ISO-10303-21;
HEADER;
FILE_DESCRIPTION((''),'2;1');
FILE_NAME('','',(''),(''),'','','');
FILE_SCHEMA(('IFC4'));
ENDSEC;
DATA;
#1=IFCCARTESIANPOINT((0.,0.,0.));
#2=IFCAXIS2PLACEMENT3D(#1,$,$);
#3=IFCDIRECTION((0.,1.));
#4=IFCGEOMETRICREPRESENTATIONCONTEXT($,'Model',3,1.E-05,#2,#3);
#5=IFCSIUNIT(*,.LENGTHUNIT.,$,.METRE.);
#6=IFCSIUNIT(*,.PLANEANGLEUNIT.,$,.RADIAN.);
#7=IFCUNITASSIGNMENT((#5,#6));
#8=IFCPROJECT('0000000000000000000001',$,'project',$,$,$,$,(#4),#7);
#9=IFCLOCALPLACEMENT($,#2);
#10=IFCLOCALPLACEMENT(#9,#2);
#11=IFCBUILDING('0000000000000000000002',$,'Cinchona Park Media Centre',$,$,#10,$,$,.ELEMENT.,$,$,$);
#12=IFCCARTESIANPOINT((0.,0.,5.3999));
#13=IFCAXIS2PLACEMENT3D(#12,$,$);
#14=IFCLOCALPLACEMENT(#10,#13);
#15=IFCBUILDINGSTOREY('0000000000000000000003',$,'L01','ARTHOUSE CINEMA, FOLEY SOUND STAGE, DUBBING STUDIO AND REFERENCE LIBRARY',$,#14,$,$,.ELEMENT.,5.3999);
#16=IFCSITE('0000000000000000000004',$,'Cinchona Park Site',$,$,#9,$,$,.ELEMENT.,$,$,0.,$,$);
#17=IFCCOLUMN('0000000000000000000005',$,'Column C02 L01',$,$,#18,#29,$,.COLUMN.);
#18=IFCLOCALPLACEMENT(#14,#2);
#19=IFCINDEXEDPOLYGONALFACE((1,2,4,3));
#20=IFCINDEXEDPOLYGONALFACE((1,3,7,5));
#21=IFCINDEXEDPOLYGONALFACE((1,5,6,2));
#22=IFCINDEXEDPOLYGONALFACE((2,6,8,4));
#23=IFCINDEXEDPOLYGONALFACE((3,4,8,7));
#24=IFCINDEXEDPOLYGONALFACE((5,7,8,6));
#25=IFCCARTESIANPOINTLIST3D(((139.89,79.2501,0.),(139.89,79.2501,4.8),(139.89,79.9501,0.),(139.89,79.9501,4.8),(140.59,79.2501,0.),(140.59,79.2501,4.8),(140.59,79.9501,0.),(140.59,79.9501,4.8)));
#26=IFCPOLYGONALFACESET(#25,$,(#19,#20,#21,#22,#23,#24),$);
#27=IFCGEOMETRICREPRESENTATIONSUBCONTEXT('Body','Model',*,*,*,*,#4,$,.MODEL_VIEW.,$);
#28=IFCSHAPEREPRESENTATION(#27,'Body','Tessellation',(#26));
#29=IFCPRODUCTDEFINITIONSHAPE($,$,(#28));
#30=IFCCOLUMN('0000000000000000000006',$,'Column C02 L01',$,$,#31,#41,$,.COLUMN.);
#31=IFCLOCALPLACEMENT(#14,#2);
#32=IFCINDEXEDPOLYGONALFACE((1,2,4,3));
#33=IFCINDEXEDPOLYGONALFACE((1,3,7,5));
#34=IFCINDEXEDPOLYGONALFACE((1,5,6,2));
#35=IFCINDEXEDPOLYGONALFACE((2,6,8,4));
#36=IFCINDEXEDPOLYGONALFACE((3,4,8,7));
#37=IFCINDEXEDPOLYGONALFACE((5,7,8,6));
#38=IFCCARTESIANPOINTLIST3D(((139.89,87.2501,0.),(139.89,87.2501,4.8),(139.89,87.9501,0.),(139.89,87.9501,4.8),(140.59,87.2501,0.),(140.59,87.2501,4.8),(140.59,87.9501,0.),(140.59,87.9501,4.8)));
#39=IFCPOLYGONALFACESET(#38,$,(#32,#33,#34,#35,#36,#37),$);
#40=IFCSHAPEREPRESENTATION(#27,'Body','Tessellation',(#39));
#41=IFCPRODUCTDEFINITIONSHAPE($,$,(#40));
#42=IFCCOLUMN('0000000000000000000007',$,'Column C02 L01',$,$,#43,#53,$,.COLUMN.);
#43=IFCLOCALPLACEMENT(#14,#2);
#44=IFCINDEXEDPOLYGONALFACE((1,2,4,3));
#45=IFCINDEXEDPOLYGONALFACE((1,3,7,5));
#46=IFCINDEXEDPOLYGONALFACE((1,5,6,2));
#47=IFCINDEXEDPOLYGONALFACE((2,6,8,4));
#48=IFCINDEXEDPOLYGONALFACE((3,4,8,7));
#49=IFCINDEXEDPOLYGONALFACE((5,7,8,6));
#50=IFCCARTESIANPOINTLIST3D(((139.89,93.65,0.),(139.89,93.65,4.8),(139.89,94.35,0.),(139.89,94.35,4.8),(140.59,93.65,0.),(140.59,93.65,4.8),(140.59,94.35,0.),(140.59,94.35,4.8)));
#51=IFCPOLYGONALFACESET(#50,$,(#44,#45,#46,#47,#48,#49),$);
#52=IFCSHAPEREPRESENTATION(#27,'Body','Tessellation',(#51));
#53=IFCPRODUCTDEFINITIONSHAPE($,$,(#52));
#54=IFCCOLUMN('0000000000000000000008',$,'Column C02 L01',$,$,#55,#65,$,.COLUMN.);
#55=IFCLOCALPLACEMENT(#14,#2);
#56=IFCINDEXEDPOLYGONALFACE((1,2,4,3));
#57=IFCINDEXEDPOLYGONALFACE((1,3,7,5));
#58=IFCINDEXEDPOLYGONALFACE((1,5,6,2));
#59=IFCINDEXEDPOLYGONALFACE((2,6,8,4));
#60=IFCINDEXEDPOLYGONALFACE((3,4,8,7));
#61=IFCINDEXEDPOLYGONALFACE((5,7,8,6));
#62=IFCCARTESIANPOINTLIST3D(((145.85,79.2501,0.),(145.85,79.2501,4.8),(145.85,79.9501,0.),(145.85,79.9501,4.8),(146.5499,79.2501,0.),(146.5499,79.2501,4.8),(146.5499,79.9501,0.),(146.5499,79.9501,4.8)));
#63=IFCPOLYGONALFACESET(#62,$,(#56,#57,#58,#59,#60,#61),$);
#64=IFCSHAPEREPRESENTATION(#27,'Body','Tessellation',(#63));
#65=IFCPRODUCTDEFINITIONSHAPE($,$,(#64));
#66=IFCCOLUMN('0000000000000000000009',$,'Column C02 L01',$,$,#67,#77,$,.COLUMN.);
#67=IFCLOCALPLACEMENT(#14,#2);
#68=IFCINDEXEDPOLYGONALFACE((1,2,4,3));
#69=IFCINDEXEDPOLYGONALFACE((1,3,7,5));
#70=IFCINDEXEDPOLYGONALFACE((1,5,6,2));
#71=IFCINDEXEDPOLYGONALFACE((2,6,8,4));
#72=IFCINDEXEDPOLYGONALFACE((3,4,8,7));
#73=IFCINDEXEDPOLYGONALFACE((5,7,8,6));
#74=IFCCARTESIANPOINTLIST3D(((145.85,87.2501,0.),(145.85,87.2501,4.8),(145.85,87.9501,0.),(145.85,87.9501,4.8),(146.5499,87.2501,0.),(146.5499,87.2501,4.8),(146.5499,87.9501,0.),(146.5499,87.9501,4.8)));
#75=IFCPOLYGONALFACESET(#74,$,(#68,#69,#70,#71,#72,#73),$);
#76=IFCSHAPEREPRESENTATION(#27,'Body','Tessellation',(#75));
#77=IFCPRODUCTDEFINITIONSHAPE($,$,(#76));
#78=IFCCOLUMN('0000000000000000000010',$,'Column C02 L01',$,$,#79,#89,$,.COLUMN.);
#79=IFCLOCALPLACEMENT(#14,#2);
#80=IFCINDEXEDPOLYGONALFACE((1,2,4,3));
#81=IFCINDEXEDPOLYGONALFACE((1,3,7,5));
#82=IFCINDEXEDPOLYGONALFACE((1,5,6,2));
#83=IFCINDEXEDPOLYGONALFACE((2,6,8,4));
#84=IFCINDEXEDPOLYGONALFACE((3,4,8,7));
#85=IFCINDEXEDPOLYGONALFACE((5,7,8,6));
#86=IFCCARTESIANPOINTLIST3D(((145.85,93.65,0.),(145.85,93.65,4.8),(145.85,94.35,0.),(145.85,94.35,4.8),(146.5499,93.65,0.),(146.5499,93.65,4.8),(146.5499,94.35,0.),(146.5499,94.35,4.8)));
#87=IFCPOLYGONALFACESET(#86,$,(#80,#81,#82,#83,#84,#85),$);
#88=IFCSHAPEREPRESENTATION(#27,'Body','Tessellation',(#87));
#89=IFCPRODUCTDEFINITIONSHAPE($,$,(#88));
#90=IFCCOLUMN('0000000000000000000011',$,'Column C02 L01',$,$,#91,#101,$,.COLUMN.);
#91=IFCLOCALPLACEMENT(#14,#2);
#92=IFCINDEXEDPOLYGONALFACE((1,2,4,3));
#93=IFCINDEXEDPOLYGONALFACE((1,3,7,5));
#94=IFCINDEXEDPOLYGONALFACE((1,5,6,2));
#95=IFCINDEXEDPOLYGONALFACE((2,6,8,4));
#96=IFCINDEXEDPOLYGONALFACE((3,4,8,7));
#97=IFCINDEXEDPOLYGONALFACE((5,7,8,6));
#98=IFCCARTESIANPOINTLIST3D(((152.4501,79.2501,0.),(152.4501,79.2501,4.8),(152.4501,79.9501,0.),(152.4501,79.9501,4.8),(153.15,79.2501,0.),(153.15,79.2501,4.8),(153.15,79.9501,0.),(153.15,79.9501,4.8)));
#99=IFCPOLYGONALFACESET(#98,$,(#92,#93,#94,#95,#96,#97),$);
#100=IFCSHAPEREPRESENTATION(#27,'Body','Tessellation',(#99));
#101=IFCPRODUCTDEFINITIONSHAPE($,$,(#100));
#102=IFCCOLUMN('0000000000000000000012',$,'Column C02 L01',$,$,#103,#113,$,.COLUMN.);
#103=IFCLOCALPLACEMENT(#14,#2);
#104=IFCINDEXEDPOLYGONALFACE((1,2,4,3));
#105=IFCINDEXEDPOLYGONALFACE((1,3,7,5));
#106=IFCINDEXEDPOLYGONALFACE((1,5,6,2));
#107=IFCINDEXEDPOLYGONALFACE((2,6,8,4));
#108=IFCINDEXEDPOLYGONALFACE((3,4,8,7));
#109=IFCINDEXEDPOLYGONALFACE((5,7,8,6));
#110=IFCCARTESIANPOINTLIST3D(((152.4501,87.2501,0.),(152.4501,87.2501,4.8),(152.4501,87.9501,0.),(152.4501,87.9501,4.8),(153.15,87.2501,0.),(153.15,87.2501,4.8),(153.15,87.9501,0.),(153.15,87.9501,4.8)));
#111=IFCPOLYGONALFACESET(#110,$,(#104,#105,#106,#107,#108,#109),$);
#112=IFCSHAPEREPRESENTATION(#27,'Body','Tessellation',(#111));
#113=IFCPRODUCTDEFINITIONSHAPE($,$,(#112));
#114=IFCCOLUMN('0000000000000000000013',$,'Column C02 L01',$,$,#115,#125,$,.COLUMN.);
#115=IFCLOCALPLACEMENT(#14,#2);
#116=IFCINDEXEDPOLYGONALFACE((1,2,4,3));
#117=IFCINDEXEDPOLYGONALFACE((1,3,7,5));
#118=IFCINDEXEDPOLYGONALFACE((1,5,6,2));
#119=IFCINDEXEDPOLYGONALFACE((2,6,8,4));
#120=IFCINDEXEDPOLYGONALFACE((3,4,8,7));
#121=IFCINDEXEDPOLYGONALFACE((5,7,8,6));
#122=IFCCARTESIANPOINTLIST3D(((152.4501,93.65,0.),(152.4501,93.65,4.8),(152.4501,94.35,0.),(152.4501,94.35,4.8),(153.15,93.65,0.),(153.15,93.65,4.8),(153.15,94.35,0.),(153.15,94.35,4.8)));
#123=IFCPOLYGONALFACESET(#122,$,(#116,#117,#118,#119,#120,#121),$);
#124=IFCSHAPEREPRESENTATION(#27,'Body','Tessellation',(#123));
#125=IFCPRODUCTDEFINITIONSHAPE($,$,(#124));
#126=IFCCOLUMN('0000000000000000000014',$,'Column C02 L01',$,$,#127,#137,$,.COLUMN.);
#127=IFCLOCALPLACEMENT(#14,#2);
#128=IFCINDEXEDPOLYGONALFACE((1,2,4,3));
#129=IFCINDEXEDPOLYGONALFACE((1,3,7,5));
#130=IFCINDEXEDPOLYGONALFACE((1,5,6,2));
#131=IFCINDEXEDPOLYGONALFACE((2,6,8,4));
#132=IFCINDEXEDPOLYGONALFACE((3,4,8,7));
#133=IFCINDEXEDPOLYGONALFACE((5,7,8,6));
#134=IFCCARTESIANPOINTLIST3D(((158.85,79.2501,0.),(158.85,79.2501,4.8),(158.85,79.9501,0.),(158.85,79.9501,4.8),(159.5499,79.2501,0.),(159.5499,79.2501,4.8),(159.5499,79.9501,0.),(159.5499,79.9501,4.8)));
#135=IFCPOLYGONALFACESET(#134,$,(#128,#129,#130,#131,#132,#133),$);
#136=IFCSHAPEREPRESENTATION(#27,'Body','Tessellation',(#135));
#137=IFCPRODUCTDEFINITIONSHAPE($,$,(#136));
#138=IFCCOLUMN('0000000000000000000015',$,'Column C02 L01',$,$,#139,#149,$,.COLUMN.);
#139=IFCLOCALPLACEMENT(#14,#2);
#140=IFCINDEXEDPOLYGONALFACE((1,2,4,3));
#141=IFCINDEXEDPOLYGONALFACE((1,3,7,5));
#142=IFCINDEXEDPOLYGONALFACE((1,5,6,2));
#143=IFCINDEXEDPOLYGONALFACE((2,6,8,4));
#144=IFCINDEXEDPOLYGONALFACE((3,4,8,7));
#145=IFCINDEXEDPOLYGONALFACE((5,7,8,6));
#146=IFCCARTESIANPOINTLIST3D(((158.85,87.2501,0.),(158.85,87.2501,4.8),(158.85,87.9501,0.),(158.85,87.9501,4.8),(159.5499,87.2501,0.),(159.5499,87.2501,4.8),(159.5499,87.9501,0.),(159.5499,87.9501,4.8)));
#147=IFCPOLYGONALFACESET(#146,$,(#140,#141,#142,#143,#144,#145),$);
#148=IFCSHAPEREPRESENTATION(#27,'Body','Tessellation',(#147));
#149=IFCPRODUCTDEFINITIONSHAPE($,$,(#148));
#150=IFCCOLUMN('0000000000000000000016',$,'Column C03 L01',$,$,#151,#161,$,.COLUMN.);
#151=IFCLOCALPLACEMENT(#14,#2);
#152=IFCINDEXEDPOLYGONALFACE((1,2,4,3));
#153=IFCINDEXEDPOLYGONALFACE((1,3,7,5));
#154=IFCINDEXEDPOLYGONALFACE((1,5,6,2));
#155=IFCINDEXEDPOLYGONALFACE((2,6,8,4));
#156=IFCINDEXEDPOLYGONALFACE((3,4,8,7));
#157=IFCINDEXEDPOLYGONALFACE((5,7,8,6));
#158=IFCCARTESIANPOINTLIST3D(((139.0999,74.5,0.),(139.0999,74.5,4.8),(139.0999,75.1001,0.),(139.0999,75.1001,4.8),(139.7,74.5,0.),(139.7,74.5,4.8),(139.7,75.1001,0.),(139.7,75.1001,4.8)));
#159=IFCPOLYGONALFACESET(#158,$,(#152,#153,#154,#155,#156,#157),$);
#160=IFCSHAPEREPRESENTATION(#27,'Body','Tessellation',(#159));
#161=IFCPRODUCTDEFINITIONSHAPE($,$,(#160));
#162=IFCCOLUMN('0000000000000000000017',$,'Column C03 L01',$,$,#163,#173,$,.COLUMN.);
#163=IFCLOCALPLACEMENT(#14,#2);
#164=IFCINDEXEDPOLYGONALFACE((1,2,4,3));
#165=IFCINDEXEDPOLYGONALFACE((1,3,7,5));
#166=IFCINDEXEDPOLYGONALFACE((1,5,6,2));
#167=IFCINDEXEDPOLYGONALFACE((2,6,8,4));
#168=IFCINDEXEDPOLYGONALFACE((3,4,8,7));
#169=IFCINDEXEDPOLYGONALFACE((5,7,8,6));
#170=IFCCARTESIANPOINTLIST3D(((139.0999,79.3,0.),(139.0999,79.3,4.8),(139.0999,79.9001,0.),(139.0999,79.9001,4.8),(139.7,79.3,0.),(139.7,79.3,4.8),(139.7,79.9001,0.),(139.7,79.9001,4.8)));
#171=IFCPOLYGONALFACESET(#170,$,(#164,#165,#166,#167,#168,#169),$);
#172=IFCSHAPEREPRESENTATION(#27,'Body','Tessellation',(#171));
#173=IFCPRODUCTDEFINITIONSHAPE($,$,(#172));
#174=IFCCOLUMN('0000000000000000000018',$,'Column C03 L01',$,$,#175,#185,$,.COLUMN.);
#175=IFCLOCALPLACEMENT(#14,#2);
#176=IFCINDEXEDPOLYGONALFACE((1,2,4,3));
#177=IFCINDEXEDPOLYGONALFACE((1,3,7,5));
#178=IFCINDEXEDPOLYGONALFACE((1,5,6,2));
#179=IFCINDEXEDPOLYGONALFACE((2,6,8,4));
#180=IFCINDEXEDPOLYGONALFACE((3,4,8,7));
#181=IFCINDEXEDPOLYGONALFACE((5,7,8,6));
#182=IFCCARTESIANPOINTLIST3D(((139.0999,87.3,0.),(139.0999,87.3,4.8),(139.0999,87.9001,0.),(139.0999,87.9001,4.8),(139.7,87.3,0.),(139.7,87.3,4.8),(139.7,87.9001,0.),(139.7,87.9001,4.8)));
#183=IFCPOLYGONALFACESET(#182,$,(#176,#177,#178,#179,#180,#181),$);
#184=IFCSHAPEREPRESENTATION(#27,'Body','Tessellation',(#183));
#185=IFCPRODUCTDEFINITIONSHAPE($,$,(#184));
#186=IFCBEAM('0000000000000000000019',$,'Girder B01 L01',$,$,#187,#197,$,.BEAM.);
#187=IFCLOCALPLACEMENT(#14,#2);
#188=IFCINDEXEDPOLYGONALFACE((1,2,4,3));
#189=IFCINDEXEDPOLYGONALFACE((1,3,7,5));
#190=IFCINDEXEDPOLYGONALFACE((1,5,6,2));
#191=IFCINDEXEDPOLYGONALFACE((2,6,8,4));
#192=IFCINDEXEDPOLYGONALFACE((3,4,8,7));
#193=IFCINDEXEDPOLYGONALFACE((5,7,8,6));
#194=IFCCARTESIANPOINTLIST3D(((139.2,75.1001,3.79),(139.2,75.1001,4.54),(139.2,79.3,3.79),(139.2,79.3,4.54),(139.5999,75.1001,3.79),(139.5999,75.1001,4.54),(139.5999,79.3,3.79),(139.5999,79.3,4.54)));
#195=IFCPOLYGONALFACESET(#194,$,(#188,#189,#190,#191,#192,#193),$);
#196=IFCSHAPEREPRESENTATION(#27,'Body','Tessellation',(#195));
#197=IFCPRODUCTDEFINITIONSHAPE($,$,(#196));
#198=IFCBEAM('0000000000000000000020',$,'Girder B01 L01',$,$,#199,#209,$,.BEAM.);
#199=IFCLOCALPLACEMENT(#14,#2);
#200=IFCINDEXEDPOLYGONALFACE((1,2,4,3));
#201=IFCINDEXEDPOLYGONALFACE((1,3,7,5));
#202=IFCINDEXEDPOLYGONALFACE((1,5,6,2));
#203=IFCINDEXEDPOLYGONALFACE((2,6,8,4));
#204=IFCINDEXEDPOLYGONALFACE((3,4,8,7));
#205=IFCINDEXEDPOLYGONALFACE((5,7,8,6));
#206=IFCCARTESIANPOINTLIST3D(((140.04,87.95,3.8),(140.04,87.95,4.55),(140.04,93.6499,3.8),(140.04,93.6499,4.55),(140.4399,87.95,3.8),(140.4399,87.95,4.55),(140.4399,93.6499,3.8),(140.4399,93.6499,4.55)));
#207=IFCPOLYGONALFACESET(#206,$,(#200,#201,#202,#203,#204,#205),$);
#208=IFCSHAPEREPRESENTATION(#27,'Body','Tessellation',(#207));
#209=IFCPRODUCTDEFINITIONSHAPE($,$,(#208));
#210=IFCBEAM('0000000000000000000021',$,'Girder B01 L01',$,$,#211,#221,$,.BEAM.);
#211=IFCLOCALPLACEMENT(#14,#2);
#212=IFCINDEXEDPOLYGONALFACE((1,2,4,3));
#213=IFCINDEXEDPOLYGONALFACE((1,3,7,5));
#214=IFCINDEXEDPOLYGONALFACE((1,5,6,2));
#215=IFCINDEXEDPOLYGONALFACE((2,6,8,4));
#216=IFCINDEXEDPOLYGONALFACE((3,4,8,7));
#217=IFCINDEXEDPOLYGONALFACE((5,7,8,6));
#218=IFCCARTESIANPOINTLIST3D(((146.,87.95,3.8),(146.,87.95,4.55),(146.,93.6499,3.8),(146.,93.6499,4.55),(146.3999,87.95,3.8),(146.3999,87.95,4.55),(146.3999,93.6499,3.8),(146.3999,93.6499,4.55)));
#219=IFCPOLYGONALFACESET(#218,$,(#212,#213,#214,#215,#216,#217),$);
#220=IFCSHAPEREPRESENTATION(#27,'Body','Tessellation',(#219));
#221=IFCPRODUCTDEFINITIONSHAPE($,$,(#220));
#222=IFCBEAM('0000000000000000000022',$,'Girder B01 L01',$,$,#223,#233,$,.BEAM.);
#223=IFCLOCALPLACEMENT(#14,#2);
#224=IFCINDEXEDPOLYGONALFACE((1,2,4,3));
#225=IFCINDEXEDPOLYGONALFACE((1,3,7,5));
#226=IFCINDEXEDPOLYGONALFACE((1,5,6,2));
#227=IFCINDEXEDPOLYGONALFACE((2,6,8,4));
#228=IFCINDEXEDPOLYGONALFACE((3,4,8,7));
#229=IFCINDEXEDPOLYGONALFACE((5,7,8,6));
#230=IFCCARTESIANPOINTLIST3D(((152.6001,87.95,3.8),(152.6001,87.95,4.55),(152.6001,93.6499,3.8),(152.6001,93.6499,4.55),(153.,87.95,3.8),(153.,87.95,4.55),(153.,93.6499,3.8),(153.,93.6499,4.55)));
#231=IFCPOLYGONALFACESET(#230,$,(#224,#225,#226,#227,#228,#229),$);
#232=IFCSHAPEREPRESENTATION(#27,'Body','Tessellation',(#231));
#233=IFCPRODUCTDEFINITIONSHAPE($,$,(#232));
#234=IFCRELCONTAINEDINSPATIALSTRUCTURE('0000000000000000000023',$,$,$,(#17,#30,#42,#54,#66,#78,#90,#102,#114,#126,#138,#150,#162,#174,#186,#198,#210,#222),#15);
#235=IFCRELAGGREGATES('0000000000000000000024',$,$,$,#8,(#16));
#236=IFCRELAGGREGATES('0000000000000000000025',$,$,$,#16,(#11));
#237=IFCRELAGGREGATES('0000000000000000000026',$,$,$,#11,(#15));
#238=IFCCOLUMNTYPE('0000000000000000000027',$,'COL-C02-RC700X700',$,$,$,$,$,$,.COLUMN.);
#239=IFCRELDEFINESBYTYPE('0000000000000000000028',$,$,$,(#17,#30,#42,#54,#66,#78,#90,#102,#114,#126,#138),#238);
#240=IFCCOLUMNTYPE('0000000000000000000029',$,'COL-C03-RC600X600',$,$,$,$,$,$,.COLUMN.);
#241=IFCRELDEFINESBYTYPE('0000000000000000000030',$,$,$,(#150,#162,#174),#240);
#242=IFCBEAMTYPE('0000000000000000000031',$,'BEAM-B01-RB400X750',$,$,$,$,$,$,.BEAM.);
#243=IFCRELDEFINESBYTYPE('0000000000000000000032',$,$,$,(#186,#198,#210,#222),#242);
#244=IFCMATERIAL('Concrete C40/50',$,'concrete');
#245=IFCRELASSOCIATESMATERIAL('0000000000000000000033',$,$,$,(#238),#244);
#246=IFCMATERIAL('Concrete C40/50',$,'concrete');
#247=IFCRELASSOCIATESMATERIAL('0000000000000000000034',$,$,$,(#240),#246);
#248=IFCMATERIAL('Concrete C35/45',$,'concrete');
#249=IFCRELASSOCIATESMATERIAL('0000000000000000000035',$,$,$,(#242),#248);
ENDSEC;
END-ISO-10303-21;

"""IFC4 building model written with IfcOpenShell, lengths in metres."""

from ifc_helpers import new_model, si_unit, direction, frame, origin, origin_2d, place, context, subcontext, project, spatial, rectangle, extrude, material, material_profile, profile_set, type_object, element, save


model = new_model("IFC4")

# Units and contexts
model_context = context("Model", 3, precision=1e-05, world=origin(), true_north=direction((0.0, 1.0)))
body_context = subcontext(model_context, "Body", "Model", "MODEL_VIEW")
ifc_project = project(units=[si_unit("LENGTHUNIT", "METRE"), si_unit("PLANEANGLEUNIT", "RADIAN")], contexts=[model_context])

# Site, building, storey
site_placement = place(None, origin())
site = spatial("IfcSite", under=ifc_project, at=site_placement, Name="Cinchona Park Site", CompositionType="ELEMENT", RefElevation=0.0)
building_placement = place(site_placement, origin())
building = spatial("IfcBuilding", under=site, at=building_placement, Name="Cinchona Park Media Centre", CompositionType="ELEMENT")
storey_placement = place(building_placement, frame((0.0, 0.0, 5.3999)))
storey = spatial("IfcBuildingStorey", under=building, at=storey_placement, Name="L01", Description="ARTHOUSE CINEMA, FOLEY SOUND STAGE, DUBBING STUDIO AND REFERENCE LIBRARY", CompositionType="ELEMENT", Elevation=5.3999)

# Columns
ifc_material_1 = material(Name="Concrete C40/50", Category="concrete")
ifc_material_profile_1 = material_profile(ifc_material_1, rectangle(XDim=0.7, YDim=0.7, at=origin_2d()), Name="RC 700X700")
ifc_profile_set_1 = profile_set([ifc_material_profile_1], Name="Concrete C40/50")
column_type_1 = type_object("IfcColumnType", Name="COL-C02-RC700X700", PredefinedType="COLUMN", material=ifc_profile_set_1)
for number, where, z_axis, x_axis, name in (
    (1, (140.24, 79.6001, 0.0), (0.0, 0.0, 1.0), (1.0, 0.0, 0.0), "Column C02 L01"),
    (2, (140.24, 87.6001, 0.0), (0.0, 0.0, 1.0), (1.0, 0.0, 0.0), "Column C02 L01"),
    (3, (140.24, 94.0, 0.0), (0.0, 0.0, 1.0), (1.0, 0.0, 0.0), "Column C02 L01"),
    (4, (146.2, 79.6001, 0.0), (0.0, 0.0, 1.0), (1.0, 0.0, 0.0), "Column C02 L01"),
    (5, (146.2, 87.6001, 0.0), (0.0, 0.0, 1.0), (1.0, 0.0, 0.0), "Column C02 L01"),
    (6, (146.2, 94.0, 0.0), (0.0, 0.0, 1.0), (1.0, 0.0, 0.0), "Column C02 L01"),
    (7, (152.8, 79.6001, 0.0), (0.0, 0.0, 1.0), (1.0, 0.0, 0.0), "Column C02 L01"),
    (8, (152.8, 87.6001, 0.0), (0.0, 0.0, 1.0), (1.0, 0.0, 0.0), "Column C02 L01"),
    (9, (152.8, 94.0, 0.0), (0.0, 0.0, 1.0), (1.0, 0.0, 0.0), "Column C02 L01"),
    (10, (159.2, 79.6001, 0.0), (0.0, 0.0, 1.0), (1.0, 0.0, 0.0), "Column C02 L01"),
    (11, (159.2, 87.6001, 0.0), (0.0, 0.0, 1.0), (1.0, 0.0, 0.0), "Column C02 L01"),
):
    element("IfcColumn", number, at=place(storey_placement, frame(where, z_axis=z_axis, x_axis=x_axis)), inside=storey, type_object=column_type_1, Name=name, PredefinedType="COLUMN", context=body_context, shape_type="SweptSolid", body=[
        extrude(rectangle(XDim=0.7, YDim=0.7, at=origin_2d()), origin(), (0.0, 0.0, 1.0), 4.8),
    ])
ifc_material_2 = material(Name="Concrete C40/50", Category="concrete")
ifc_material_profile_2 = material_profile(ifc_material_2, rectangle(XDim=0.6001, YDim=0.6001, at=origin_2d()), Name="RC 600X600")
ifc_profile_set_2 = profile_set([ifc_material_profile_2], Name="Concrete C40/50")
column_type_2 = type_object("IfcColumnType", Name="COL-C03-RC600X600", PredefinedType="COLUMN", material=ifc_profile_set_2)
for number, where, z_axis, x_axis, name in (
    (12, (139.3999, 74.8, 0.0), (0.0, 0.0, 1.0), (1.0, 0.0, 0.0), "Column C03 L01"),
    (13, (139.3999, 79.6001, 0.0), (0.0, 0.0, 1.0), (1.0, 0.0, 0.0), "Column C03 L01"),
    (14, (139.3999, 87.6001, 0.0), (0.0, 0.0, 1.0), (1.0, 0.0, 0.0), "Column C03 L01"),
):
    element("IfcColumn", number, at=place(storey_placement, frame(where, z_axis=z_axis, x_axis=x_axis)), inside=storey, type_object=column_type_2, Name=name, PredefinedType="COLUMN", context=body_context, shape_type="SweptSolid", body=[
        extrude(rectangle(XDim=0.6001, YDim=0.6001, at=origin_2d()), origin(), (0.0, 0.0, 1.0), 4.8),
    ])

# Beams
ifc_material_3 = material(Name="Concrete C35/45", Category="concrete")
ifc_material_profile_3 = material_profile(ifc_material_3, rectangle(XDim=0.3999, YDim=0.75, at=origin_2d()), Name="RB 400X750")
ifc_profile_set_3 = profile_set([ifc_material_profile_3], Name="Concrete C35/45")
beam_type_1 = type_object("IfcBeamType", Name="BEAM-B01-RB400X750", PredefinedType="BEAM", material=ifc_profile_set_3)
beam_1_placement = place(storey_placement, frame((139.3999, 75.1001, 4.165), z_axis=(0.0, 1.0, 0.0), x_axis=(-1.0, 0.0, 0.0)))
element("IfcBeam", 15, at=beam_1_placement, inside=storey, type_object=beam_type_1, Name="Girder B01 L01", PredefinedType="BEAM", context=body_context, shape_type="SweptSolid", body=[
    extrude(rectangle(XDim=0.3999, YDim=0.75, at=origin_2d()), origin(), (0.0, 0.0, 1.0), 4.2),
])
for number, where, z_axis, x_axis, name in (
    (16, (140.24, 87.95, 4.175), (0.0, 1.0, 0.0), (-1.0, 0.0, 0.0), "Girder B01 L01"),
    (17, (146.2, 87.95, 4.175), (0.0, 1.0, 0.0), (-1.0, 0.0, 0.0), "Girder B01 L01"),
    (18, (152.8, 87.95, 4.175), (0.0, 1.0, 0.0), (-1.0, 0.0, 0.0), "Girder B01 L01"),
):
    element("IfcBeam", number, at=place(storey_placement, frame(where, z_axis=z_axis, x_axis=x_axis)), inside=storey, type_object=beam_type_1, Name=name, PredefinedType="BEAM", context=body_context, shape_type="SweptSolid", body=[
        extrude(rectangle(XDim=0.3999, YDim=0.75, at=origin_2d()), origin(), (0.0, 0.0, 1.0), 5.7),
    ])

save(model, "model.ifc")
